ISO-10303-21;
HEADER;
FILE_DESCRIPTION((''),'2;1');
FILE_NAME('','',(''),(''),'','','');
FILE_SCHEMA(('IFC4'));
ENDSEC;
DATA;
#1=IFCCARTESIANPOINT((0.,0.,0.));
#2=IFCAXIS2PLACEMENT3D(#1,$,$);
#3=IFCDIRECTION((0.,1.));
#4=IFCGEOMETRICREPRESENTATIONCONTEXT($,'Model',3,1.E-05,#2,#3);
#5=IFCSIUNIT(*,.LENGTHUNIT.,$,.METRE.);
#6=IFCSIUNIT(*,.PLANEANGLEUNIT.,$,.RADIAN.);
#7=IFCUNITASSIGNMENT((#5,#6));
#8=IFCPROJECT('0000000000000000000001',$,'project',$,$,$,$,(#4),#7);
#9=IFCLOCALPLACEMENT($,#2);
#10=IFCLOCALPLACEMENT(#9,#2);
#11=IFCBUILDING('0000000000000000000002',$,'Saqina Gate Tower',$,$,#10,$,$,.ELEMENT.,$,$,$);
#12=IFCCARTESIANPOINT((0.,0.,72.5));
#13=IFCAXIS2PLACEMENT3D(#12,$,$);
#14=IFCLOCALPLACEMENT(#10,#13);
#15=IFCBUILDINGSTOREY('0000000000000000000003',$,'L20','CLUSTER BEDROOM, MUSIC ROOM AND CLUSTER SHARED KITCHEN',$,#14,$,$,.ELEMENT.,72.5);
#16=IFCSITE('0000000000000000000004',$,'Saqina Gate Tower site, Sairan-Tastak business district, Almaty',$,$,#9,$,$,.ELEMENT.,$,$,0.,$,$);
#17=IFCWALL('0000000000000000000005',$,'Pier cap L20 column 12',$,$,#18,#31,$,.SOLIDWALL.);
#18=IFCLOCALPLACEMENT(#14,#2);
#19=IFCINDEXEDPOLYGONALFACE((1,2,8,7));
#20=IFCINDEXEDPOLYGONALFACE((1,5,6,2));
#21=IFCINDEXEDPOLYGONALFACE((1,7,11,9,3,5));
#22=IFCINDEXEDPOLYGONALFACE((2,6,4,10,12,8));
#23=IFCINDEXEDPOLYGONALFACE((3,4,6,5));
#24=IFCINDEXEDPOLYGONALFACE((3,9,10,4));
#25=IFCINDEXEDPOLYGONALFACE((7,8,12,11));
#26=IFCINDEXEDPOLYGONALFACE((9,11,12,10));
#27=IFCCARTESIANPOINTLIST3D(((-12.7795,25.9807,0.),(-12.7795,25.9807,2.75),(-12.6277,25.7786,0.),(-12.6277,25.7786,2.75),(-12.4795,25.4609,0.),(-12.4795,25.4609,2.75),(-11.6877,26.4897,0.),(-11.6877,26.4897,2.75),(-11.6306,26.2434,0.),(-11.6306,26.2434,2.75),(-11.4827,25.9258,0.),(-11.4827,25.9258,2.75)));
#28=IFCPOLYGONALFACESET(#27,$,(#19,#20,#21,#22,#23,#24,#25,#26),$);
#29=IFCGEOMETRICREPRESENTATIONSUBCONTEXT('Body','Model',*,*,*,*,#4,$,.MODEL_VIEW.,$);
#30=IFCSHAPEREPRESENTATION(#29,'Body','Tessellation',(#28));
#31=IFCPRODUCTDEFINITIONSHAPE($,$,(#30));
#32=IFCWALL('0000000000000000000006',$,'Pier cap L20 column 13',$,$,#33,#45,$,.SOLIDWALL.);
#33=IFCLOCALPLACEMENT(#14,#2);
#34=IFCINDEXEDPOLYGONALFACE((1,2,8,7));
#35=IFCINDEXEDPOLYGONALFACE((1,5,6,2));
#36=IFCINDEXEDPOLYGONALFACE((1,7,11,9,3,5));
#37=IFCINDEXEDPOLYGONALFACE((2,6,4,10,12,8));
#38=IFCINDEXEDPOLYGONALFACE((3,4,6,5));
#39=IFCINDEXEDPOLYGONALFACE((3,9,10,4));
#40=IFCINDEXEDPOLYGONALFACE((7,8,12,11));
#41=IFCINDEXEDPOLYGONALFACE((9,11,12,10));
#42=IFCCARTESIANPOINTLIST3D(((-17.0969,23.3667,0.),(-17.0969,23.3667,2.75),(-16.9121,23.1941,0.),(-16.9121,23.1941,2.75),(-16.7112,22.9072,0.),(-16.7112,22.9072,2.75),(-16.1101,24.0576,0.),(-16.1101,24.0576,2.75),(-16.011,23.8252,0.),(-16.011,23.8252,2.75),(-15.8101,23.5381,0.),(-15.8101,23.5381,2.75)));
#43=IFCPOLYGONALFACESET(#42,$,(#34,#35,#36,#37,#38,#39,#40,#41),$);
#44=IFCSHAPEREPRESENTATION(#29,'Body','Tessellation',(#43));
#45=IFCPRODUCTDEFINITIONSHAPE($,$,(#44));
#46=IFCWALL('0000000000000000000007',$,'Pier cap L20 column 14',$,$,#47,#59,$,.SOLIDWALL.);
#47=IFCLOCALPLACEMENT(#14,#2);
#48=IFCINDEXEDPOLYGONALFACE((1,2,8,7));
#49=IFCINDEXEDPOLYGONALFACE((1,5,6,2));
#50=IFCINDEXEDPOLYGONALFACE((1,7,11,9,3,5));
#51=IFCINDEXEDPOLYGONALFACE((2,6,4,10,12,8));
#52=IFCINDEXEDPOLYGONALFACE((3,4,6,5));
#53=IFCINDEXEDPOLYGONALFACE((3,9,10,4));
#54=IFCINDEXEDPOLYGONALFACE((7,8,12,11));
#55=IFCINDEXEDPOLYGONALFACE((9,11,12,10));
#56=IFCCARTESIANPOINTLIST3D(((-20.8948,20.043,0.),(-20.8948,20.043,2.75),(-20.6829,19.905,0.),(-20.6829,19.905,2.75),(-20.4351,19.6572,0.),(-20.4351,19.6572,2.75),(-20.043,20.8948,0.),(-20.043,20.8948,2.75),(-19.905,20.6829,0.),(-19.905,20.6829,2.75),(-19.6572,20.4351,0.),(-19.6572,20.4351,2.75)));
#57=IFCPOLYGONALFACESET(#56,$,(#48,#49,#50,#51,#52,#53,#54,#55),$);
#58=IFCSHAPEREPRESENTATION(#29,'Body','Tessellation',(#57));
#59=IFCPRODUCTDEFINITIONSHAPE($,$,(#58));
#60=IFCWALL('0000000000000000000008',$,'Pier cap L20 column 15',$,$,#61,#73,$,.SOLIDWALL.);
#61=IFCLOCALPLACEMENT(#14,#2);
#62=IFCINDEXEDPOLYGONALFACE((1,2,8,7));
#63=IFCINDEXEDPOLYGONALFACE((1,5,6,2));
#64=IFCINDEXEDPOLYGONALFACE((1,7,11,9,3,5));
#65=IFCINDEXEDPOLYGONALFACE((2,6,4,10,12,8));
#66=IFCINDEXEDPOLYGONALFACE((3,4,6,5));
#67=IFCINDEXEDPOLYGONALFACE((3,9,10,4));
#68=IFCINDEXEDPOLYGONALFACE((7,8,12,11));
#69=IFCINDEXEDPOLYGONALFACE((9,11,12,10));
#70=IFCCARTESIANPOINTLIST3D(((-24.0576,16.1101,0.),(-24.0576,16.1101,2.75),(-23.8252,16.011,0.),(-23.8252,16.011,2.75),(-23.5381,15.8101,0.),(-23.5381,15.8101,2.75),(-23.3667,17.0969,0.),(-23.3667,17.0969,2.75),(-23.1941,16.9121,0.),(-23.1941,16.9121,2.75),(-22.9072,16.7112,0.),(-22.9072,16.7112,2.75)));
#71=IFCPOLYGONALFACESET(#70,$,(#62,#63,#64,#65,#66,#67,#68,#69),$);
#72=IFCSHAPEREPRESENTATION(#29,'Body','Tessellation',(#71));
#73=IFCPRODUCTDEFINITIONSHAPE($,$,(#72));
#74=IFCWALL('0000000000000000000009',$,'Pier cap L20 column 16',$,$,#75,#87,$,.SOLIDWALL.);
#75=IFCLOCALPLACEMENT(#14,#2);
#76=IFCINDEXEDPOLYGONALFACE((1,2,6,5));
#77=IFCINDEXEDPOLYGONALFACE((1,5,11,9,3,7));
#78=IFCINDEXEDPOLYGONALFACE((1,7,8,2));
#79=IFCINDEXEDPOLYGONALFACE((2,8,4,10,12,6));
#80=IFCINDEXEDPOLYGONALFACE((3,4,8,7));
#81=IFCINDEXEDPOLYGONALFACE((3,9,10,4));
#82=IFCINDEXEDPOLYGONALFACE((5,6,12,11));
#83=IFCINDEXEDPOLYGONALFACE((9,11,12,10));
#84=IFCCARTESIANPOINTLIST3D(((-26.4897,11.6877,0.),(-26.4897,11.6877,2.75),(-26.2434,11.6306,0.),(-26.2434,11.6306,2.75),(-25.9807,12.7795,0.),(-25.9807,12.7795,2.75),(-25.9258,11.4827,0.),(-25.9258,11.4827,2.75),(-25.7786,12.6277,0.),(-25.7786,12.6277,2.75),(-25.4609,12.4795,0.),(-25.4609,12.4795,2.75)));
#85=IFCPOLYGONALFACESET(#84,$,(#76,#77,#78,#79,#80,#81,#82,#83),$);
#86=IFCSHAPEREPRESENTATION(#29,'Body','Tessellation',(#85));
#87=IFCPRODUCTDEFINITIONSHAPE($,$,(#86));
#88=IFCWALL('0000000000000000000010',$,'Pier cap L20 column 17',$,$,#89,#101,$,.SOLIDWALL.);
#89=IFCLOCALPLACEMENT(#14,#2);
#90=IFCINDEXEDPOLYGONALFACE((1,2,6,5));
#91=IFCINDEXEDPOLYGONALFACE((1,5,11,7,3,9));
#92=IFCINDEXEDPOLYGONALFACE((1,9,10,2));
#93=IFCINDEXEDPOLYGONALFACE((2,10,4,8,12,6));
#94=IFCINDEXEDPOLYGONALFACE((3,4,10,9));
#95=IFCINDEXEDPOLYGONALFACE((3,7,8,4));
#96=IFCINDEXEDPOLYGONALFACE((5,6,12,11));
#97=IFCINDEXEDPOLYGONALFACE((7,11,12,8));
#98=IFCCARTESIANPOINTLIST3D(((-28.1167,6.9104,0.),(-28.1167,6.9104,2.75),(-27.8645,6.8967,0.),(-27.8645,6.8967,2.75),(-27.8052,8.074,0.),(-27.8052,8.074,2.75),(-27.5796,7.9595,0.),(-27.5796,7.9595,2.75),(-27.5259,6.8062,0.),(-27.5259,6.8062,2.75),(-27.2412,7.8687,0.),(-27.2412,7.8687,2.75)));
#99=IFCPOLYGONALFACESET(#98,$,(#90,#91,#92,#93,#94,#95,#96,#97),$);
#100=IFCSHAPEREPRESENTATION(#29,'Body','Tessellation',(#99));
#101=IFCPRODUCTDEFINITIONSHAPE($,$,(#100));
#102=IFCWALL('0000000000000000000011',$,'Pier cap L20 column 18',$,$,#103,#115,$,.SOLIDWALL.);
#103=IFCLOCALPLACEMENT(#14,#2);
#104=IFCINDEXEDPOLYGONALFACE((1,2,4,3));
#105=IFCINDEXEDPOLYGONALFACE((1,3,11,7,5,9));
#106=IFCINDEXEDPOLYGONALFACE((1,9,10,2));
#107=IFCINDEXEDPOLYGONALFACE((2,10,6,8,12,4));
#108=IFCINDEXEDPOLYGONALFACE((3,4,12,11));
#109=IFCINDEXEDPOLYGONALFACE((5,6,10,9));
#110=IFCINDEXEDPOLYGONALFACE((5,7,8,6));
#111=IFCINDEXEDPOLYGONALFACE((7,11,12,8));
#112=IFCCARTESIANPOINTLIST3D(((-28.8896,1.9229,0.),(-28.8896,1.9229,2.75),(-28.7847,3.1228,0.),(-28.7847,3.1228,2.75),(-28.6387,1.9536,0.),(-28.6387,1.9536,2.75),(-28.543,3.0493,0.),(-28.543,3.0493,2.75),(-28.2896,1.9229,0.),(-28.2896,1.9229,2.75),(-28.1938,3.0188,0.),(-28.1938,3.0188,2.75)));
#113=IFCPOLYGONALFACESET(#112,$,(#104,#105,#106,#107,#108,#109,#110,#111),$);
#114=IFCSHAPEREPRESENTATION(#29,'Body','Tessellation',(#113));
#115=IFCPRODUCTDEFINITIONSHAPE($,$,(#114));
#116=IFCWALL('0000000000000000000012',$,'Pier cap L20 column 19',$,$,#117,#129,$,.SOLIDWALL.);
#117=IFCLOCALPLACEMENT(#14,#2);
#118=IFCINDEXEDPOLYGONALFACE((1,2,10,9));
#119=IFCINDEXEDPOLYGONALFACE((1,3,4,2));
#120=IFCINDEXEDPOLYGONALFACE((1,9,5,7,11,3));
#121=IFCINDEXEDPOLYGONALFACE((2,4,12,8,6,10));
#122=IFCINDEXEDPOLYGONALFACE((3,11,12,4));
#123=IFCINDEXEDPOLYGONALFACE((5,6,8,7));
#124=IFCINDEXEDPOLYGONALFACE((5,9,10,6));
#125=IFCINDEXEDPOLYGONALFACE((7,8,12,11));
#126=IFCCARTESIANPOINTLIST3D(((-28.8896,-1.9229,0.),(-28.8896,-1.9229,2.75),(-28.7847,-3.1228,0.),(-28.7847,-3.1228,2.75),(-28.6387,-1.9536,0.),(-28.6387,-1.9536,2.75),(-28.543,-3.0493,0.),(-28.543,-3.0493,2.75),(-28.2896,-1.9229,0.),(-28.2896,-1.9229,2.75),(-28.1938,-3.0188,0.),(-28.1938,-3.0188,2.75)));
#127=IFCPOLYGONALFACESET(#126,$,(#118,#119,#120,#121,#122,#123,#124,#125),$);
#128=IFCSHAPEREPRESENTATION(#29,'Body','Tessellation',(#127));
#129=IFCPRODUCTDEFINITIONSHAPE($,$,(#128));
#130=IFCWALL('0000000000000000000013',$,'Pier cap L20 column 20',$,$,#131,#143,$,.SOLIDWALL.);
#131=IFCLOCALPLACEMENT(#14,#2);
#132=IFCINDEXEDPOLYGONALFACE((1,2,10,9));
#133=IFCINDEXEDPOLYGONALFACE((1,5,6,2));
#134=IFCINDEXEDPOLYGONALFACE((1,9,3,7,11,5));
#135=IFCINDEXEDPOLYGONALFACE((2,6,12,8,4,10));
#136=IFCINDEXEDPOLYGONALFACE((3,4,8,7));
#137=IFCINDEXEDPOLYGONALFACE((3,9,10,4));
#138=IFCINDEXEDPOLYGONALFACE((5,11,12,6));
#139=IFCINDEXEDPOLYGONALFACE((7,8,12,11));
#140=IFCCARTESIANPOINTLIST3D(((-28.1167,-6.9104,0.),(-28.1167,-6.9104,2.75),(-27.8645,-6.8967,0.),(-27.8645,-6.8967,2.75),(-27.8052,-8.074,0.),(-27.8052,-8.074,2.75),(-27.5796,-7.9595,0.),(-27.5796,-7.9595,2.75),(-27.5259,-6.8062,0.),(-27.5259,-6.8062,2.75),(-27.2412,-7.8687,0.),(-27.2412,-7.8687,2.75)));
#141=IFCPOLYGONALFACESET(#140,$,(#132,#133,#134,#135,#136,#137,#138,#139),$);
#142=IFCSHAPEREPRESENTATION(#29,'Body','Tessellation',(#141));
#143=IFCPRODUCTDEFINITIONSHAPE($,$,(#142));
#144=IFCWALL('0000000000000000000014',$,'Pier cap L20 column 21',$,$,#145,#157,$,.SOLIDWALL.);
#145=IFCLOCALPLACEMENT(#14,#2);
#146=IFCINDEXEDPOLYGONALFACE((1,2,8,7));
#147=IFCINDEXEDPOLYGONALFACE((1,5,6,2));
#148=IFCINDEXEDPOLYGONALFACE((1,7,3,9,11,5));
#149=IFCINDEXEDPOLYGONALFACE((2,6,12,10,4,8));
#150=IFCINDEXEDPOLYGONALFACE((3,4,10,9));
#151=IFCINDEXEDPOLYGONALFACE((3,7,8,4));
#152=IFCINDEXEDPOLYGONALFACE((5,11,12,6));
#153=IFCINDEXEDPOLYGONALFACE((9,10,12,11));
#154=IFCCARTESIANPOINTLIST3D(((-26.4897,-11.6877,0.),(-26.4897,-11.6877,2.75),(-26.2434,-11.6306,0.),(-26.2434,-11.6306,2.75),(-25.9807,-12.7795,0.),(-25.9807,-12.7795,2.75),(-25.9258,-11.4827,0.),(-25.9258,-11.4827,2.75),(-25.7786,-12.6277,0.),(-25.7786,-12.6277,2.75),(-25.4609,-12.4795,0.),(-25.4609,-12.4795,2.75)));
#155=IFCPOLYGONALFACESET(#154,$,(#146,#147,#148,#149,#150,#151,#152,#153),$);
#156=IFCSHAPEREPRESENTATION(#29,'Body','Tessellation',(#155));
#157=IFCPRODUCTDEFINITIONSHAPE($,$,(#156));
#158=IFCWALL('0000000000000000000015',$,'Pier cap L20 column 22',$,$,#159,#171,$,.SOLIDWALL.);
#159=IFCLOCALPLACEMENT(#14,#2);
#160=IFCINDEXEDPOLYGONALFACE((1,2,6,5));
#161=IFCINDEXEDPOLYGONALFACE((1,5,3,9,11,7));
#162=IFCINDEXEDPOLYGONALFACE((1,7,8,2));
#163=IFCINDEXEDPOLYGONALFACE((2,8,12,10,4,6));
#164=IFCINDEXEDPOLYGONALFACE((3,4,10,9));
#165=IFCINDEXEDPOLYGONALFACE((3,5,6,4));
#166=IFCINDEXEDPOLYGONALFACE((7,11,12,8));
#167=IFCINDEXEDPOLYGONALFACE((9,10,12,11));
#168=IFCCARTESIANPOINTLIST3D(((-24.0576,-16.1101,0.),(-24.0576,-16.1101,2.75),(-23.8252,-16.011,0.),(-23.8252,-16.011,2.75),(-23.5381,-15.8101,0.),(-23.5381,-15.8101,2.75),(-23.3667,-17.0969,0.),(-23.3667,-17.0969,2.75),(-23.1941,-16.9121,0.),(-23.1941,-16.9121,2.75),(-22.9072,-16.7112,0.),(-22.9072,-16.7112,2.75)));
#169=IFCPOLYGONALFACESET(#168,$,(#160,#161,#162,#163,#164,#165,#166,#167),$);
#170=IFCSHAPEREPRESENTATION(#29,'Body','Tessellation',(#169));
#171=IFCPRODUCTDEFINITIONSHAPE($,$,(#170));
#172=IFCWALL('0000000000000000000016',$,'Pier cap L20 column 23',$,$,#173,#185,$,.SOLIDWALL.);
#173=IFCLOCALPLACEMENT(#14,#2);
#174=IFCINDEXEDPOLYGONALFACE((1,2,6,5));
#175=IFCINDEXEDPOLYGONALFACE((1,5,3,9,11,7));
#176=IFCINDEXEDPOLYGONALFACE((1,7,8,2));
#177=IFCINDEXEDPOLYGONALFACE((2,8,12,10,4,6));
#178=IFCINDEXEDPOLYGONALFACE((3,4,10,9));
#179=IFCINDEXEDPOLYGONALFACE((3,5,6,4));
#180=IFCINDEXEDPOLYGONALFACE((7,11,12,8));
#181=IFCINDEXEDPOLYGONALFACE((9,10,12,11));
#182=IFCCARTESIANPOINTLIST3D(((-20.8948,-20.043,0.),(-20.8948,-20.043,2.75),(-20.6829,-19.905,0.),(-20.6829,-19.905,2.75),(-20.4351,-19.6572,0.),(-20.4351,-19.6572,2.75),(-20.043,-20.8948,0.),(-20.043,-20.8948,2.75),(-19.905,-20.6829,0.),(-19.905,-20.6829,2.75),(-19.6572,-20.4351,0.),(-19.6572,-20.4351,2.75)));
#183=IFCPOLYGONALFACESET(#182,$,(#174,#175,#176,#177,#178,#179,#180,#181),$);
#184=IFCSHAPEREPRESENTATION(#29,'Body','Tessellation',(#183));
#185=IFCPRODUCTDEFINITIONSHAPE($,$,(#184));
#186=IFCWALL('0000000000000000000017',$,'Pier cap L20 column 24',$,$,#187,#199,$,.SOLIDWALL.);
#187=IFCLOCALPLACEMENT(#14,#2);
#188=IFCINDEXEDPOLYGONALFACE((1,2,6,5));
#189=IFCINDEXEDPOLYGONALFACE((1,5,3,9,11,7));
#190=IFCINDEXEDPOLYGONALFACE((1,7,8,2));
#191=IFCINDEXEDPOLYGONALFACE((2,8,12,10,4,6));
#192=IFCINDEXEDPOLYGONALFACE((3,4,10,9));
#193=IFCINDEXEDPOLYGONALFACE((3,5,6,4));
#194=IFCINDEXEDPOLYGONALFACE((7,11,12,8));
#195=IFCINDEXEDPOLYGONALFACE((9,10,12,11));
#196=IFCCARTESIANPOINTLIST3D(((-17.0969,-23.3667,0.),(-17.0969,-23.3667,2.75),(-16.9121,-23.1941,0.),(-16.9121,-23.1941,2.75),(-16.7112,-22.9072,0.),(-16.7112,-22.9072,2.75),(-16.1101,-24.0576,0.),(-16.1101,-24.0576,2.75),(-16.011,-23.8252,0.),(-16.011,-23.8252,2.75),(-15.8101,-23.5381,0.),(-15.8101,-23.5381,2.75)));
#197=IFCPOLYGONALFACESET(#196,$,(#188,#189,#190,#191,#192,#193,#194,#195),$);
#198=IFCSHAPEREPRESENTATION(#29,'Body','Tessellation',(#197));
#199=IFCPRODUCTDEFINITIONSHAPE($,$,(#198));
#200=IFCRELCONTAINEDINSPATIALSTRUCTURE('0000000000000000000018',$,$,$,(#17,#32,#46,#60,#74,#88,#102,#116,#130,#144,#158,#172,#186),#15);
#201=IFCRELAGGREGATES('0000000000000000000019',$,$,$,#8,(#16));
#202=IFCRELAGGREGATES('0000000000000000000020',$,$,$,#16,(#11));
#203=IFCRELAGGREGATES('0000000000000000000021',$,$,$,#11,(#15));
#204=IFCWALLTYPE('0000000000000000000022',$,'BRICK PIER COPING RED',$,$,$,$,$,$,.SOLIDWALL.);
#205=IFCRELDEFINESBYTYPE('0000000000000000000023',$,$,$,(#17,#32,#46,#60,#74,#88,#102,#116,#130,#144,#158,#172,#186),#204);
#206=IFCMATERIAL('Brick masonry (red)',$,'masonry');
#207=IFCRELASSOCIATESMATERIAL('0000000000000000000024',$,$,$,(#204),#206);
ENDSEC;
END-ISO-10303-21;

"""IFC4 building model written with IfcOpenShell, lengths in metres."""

from ifc_helpers import new_model, si_unit, direction, frame, origin, place, context, subcontext, project, spatial, polyline, outline, extrude, material, type_object, element, save


model = new_model("IFC4")

# Units and contexts
model_context = context("Model", 3, precision=1e-05, world=origin(), true_north=direction((0.0, 1.0)))
body_context = subcontext(model_context, "Body", "Model", "MODEL_VIEW")
ifc_project = project(units=[si_unit("LENGTHUNIT", "METRE"), si_unit("PLANEANGLEUNIT", "RADIAN")], contexts=[model_context])

# Site, building, storey
site_placement = place(None, origin())
site = spatial("IfcSite", under=ifc_project, at=site_placement, Name="Saqina Gate Tower site, Sairan-Tastak business district, Almaty", CompositionType="ELEMENT", RefElevation=0.0)
building_placement = place(site_placement, origin())
building = spatial("IfcBuilding", under=site, at=building_placement, Name="Saqina Gate Tower", CompositionType="ELEMENT")
storey_placement = place(building_placement, frame((0.0, 0.0, 72.5)))
storey = spatial("IfcBuildingStorey", under=building, at=storey_placement, Name="L20", Description="CLUSTER BEDROOM, MUSIC ROOM AND CLUSTER SHARED KITCHEN", CompositionType="ELEMENT", Elevation=72.5)

# Walls
ifc_material_1 = material(Name="Brick masonry (red)", Category="masonry")
wall_type = type_object("IfcWallType", Name="BRICK PIER COPING RED", PredefinedType="SOLIDWALL", material=ifc_material_1)
wall_1_placement = place(storey_placement, origin())
element("IfcWall", 1, at=wall_1_placement, inside=storey, type_object=wall_type, Name="Pier cap L20 column 12", PredefinedType="SOLIDWALL", context=body_context, shape_type="SweptSolid", body=[
    extrude(outline(polyline([(-12.7795, 25.9807), (-12.4795, 25.4609), (-12.6277, 25.7786), (-11.6306, 26.2434), (-11.4827, 25.9258), (-11.6877, 26.4897), (-12.7795, 25.9807)])), origin(), (0.0, 0.0, 1.0), 2.75),
])
wall_2_placement = place(storey_placement, origin())
element("IfcWall", 2, at=wall_2_placement, inside=storey, type_object=wall_type, Name="Pier cap L20 column 13", PredefinedType="SOLIDWALL", context=body_context, shape_type="SweptSolid", body=[
    extrude(outline(polyline([(-16.1101, 24.0576), (-17.0969, 23.3667), (-16.7112, 22.9072), (-16.9121, 23.1941), (-16.011, 23.8252), (-15.8101, 23.5381), (-16.1101, 24.0576)])), origin(), (0.0, 0.0, 1.0), 2.75),
])
wall_3_placement = place(storey_placement, origin())
element("IfcWall", 3, at=wall_3_placement, inside=storey, type_object=wall_type, Name="Pier cap L20 column 14", PredefinedType="SOLIDWALL", context=body_context, shape_type="SweptSolid", body=[
    extrude(outline(polyline([(-20.8948, 20.043), (-20.4351, 19.6572), (-20.6829, 19.905), (-19.905, 20.6829), (-19.6572, 20.4351), (-20.043, 20.8948), (-20.8948, 20.043)])), origin(), (0.0, 0.0, 1.0), 2.75),
])
wall_4_placement = place(storey_placement, origin())
element("IfcWall", 4, at=wall_4_placement, inside=storey, type_object=wall_type, Name="Pier cap L20 column 15", PredefinedType="SOLIDWALL", context=body_context, shape_type="SweptSolid", body=[
    extrude(outline(polyline([(-23.3667, 17.0969), (-24.0576, 16.1101), (-23.5381, 15.8101), (-23.8252, 16.011), (-23.1941, 16.9121), (-22.9072, 16.7112), (-23.3667, 17.0969)])), origin(), (0.0, 0.0, 1.0), 2.75),
])
wall_5_placement = place(storey_placement, origin())
element("IfcWall", 5, at=wall_5_placement, inside=storey, type_object=wall_type, Name="Pier cap L20 column 16", PredefinedType="SOLIDWALL", context=body_context, shape_type="SweptSolid", body=[
    extrude(outline(polyline([(-26.4897, 11.6877), (-25.9258, 11.4827), (-26.2434, 11.6306), (-25.7786, 12.6277), (-25.4609, 12.4795), (-25.9807, 12.7795), (-26.4897, 11.6877)])), origin(), (0.0, 0.0, 1.0), 2.75),
])
wall_6_placement = place(storey_placement, origin())
element("IfcWall", 6, at=wall_6_placement, inside=storey, type_object=wall_type, Name="Pier cap L20 column 17", PredefinedType="SOLIDWALL", context=body_context, shape_type="SweptSolid", body=[
    extrude(outline(polyline([(-28.1167, 6.9104), (-27.5259, 6.8062), (-27.8645, 6.8967), (-27.5796, 7.9595), (-27.2412, 7.8687), (-27.8052, 8.074), (-28.1167, 6.9104)])), origin(), (0.0, 0.0, 1.0), 2.75),
])
wall_7_placement = place(storey_placement, origin())
element("IfcWall", 7, at=wall_7_placement, inside=storey, type_object=wall_type, Name="Pier cap L20 column 18", PredefinedType="SOLIDWALL", context=body_context, shape_type="SweptSolid", body=[
    extrude(outline(polyline([(-28.7847, 3.1228), (-28.8896, 1.9229), (-28.2896, 1.9229), (-28.6387, 1.9536), (-28.543, 3.0493), (-28.1938, 3.0188), (-28.7847, 3.1228)])), origin(), (0.0, 0.0, 1.0), 2.75),
])
wall_8_placement = place(storey_placement, origin())
element("IfcWall", 8, at=wall_8_placement, inside=storey, type_object=wall_type, Name="Pier cap L20 column 19", PredefinedType="SOLIDWALL", context=body_context, shape_type="SweptSolid", body=[
    extrude(outline(polyline([(-28.8896, -1.9229), (-28.7847, -3.1228), (-28.1938, -3.0188), (-28.543, -3.0493), (-28.6387, -1.9536), (-28.2896, -1.9229), (-28.8896, -1.9229)])), origin(), (0.0, 0.0, 1.0), 2.75),
])
wall_9_placement = place(storey_placement, origin())
element("IfcWall", 9, at=wall_9_placement, inside=storey, type_object=wall_type, Name="Pier cap L20 column 20", PredefinedType="SOLIDWALL", context=body_context, shape_type="SweptSolid", body=[
    extrude(outline(polyline([(-28.1167, -6.9104), (-27.8052, -8.074), (-27.2412, -7.8687), (-27.5796, -7.9595), (-27.8645, -6.8967), (-27.5259, -6.8062), (-28.1167, -6.9104)])), origin(), (0.0, 0.0, 1.0), 2.75),
])
wall_10_placement = place(storey_placement, origin())
element("IfcWall", 10, at=wall_10_placement, inside=storey, type_object=wall_type, Name="Pier cap L20 column 21", PredefinedType="SOLIDWALL", context=body_context, shape_type="SweptSolid", body=[
    extrude(outline(polyline([(-25.9807, -12.7795), (-25.4609, -12.4795), (-25.7786, -12.6277), (-26.2434, -11.6306), (-25.9258, -11.4827), (-26.4897, -11.6877), (-25.9807, -12.7795)])), origin(), (0.0, 0.0, 1.0), 2.75),
])
wall_11_placement = place(storey_placement, origin())
element("IfcWall", 11, at=wall_11_placement, inside=storey, type_object=wall_type, Name="Pier cap L20 column 22", PredefinedType="SOLIDWALL", context=body_context, shape_type="SweptSolid", body=[
    extrude(outline(polyline([(-24.0576, -16.1101), (-23.3667, -17.0969), (-22.9072, -16.7112), (-23.1941, -16.9121), (-23.8252, -16.011), (-23.5381, -15.8101), (-24.0576, -16.1101)])), origin(), (0.0, 0.0, 1.0), 2.75),
])
wall_12_placement = place(storey_placement, origin())
element("IfcWall", 12, at=wall_12_placement, inside=storey, type_object=wall_type, Name="Pier cap L20 column 23", PredefinedType="SOLIDWALL", context=body_context, shape_type="SweptSolid", body=[
    extrude(outline(polyline([(-20.043, -20.8948), (-19.6572, -20.4351), (-19.905, -20.6829), (-20.6829, -19.905), (-20.4351, -19.6572), (-20.8948, -20.043), (-20.043, -20.8948)])), origin(), (0.0, 0.0, 1.0), 2.75),
])
wall_13_placement = place(storey_placement, origin())
element("IfcWall", 13, at=wall_13_placement, inside=storey, type_object=wall_type, Name="Pier cap L20 column 24", PredefinedType="SOLIDWALL", context=body_context, shape_type="SweptSolid", body=[
    extrude(outline(polyline([(-17.0969, -23.3667), (-16.1101, -24.0576), (-15.8101, -23.5381), (-16.011, -23.8252), (-16.9121, -23.1941), (-16.7112, -22.9072), (-17.0969, -23.3667)])), origin(), (0.0, 0.0, 1.0), 2.75),
])

save(model, "model.ifc")
